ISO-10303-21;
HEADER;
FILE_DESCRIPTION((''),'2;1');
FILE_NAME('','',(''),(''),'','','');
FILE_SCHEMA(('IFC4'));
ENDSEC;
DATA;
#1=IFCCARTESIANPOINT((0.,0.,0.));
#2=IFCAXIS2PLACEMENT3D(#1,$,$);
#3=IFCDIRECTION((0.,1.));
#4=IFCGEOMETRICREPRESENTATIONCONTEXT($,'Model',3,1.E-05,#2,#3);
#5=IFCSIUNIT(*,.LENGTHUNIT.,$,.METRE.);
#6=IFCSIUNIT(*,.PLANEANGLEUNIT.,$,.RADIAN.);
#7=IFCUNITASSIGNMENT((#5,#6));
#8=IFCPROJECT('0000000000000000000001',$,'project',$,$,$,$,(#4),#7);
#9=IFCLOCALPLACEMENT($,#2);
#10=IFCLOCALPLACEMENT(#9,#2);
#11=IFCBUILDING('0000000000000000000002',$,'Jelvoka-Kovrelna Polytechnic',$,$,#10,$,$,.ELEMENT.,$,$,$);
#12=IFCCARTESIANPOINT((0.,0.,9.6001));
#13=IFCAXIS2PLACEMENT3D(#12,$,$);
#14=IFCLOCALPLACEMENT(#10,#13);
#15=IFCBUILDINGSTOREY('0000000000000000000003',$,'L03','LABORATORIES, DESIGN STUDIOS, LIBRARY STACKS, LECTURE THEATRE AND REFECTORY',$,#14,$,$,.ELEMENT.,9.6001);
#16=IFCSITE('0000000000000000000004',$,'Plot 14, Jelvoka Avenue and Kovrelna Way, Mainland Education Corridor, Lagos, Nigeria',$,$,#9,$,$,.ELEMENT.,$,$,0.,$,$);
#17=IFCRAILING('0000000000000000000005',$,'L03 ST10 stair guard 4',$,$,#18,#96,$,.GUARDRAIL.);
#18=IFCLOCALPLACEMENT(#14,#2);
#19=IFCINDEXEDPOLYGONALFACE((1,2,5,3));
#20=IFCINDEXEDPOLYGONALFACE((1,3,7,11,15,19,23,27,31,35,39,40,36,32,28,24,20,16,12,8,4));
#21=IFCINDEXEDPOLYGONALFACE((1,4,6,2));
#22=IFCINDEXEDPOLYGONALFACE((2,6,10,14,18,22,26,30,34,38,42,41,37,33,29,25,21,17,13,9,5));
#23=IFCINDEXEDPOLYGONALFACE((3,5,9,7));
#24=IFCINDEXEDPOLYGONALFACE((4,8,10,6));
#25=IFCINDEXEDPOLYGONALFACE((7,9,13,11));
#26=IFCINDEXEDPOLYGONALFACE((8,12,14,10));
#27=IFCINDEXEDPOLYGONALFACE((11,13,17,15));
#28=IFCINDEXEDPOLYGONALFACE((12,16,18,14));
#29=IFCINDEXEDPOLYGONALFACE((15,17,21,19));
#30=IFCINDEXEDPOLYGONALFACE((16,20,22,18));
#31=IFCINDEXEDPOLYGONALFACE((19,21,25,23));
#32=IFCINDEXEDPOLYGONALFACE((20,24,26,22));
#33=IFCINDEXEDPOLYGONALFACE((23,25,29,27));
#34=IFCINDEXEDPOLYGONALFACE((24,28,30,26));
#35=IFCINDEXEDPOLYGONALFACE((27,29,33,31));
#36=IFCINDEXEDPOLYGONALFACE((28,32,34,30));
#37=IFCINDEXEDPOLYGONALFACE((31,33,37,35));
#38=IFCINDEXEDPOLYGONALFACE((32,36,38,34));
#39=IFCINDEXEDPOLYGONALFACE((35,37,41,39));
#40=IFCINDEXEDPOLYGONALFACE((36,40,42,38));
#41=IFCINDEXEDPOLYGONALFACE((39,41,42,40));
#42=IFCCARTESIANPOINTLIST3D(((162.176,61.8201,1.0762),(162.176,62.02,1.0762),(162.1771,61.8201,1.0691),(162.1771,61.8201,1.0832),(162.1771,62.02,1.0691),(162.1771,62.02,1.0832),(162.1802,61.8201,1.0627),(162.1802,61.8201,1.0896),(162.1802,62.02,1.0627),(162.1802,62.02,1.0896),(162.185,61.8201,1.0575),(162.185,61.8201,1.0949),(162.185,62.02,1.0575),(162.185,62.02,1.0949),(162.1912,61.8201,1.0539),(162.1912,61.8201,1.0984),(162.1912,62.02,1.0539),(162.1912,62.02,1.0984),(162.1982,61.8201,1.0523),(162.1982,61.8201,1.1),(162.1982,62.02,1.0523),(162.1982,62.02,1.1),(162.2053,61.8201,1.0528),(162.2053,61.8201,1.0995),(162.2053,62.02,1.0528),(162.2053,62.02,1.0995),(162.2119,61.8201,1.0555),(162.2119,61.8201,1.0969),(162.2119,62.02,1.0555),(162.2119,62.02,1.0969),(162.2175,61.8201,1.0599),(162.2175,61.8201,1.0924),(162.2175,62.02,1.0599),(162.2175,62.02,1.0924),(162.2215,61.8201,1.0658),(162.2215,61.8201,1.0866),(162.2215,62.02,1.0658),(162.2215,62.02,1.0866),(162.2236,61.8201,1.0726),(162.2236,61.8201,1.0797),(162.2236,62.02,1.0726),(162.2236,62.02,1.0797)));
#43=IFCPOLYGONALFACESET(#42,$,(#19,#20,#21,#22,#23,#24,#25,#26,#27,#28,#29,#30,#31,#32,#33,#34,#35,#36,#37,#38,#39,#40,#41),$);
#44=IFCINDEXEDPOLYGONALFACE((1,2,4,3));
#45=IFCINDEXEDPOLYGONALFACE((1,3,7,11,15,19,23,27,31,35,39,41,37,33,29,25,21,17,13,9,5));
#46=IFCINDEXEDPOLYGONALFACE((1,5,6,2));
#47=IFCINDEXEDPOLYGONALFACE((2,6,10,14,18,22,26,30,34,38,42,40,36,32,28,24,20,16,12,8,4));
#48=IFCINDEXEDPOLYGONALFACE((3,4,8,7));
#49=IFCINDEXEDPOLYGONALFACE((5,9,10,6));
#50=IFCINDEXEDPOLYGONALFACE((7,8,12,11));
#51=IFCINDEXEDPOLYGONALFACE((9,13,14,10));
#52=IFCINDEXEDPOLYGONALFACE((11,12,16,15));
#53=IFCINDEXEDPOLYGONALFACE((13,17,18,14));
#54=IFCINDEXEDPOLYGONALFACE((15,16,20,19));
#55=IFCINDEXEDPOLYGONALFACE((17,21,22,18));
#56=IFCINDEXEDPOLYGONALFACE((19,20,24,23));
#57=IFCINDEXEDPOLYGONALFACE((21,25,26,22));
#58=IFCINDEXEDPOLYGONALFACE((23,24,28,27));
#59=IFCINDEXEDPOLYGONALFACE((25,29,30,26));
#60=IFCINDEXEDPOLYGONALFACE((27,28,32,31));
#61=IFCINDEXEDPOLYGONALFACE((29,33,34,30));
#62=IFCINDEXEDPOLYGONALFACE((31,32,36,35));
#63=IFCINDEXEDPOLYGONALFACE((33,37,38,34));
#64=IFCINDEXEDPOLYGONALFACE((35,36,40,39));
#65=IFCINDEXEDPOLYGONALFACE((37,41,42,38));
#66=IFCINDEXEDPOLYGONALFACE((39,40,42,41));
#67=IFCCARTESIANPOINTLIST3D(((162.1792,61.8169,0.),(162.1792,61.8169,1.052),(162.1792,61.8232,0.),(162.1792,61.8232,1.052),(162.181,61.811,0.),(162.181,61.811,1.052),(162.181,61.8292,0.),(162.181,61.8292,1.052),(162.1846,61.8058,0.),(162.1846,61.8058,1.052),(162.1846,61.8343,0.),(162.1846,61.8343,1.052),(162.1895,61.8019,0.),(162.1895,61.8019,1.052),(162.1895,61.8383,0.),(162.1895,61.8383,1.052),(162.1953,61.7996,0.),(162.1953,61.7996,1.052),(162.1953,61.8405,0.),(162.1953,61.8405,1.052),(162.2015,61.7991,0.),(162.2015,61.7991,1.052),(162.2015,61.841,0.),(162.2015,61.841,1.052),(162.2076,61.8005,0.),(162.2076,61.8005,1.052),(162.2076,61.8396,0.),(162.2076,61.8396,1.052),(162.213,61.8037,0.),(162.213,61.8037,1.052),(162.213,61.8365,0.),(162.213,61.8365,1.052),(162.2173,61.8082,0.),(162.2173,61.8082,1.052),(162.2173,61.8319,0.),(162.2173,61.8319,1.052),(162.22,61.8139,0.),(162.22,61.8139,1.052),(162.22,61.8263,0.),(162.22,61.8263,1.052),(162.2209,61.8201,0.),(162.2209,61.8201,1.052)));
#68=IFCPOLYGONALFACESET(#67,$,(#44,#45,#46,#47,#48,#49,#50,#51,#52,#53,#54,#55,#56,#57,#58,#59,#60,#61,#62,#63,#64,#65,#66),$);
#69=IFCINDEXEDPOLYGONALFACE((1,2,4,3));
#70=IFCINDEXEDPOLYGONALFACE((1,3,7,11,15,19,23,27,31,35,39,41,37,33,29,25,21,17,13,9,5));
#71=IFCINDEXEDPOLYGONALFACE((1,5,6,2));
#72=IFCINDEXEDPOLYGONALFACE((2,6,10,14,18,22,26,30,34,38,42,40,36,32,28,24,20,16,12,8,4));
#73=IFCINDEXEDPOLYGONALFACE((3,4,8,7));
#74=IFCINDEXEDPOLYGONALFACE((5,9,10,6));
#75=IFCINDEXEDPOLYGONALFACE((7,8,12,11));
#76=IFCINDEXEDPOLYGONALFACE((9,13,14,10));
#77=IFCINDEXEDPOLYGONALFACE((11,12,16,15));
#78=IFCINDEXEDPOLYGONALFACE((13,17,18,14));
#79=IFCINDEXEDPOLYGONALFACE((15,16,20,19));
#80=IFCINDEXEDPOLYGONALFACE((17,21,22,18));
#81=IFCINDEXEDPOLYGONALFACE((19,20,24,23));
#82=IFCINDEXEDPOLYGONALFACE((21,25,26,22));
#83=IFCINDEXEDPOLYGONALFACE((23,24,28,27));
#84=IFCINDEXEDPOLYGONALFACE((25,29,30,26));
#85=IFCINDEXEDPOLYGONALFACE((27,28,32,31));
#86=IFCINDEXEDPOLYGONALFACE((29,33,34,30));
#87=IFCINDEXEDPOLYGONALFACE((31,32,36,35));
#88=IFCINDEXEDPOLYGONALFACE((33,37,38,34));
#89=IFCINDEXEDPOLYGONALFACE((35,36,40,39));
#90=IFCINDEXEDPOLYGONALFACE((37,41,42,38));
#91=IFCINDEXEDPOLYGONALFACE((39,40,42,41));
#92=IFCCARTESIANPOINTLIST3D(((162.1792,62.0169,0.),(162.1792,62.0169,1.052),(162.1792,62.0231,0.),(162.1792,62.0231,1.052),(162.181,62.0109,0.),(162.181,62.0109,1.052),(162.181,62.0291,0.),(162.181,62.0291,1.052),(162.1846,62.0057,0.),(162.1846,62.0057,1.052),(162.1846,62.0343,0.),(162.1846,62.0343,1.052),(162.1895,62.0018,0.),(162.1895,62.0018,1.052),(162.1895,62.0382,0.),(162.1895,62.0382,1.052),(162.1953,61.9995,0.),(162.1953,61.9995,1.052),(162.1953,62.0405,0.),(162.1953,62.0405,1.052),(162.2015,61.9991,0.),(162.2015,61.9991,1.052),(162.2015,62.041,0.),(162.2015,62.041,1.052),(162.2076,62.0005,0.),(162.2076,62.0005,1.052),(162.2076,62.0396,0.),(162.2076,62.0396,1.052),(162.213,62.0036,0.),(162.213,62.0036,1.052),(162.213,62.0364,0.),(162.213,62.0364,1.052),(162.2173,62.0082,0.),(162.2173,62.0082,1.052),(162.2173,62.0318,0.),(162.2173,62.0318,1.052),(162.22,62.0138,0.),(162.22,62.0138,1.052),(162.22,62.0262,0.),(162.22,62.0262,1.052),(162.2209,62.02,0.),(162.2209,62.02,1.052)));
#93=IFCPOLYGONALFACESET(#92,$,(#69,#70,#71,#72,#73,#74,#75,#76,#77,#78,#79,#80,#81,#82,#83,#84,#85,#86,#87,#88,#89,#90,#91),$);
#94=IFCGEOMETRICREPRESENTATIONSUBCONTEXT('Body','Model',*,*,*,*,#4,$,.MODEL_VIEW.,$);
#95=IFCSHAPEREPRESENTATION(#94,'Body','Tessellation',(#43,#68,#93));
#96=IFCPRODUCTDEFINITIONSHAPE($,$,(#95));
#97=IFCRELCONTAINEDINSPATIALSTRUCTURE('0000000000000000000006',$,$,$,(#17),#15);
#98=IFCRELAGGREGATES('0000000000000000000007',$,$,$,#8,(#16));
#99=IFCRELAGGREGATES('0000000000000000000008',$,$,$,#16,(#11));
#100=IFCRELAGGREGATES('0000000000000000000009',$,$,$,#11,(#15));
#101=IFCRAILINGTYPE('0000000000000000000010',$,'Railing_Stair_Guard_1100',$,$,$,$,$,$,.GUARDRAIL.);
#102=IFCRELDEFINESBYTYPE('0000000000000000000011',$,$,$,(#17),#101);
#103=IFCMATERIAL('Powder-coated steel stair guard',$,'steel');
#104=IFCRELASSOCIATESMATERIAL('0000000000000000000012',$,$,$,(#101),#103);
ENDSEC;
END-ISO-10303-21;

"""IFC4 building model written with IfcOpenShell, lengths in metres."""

from ifc_helpers import new_model, si_unit, direction, frame, origin, origin_2d, place, context, subcontext, project, spatial, circle, extrude, material, type_object, element, save


model = new_model("IFC4")

# Units and contexts
model_context = context("Model", 3, precision=1e-05, world=origin(), true_north=direction((0.0, 1.0)))
body_context = subcontext(model_context, "Body", "Model", "MODEL_VIEW")
ifc_project = project(units=[si_unit("LENGTHUNIT", "METRE"), si_unit("PLANEANGLEUNIT", "RADIAN")], contexts=[model_context])

# Site, building, storey
site_placement = place(None, origin())
site = spatial("IfcSite", under=ifc_project, at=site_placement, Name="Plot 14, Jelvoka Avenue and Kovrelna Way, Mainland Education Corridor, Lagos, Nigeria", CompositionType="ELEMENT", RefElevation=0.0)
building_placement = place(site_placement, origin())
building = spatial("IfcBuilding", under=site, at=building_placement, Name="Jelvoka-Kovrelna Polytechnic", CompositionType="ELEMENT")
storey_placement = place(building_placement, frame((0.0, 0.0, 9.6001)))
storey = spatial("IfcBuildingStorey", under=building, at=storey_placement, Name="L03", Description="LABORATORIES, DESIGN STUDIOS, LIBRARY STACKS, LECTURE THEATRE AND REFECTORY", CompositionType="ELEMENT", Elevation=9.6001)

# Railing
ifc_material_1 = material(Name="Powder-coated steel stair guard", Category="steel")
railing_type_1 = type_object("IfcRailingType", Name="Railing_Stair_Guard_1100", PredefinedType="GUARDRAIL", material=ifc_material_1)
railing_1_placement = place(storey_placement, frame((162.2, 61.8201, 0.0)))
element("IfcRailing", 1, at=railing_1_placement, inside=storey, type_object=railing_type_1, Name="L03 ST10 stair guard 4", PredefinedType="GUARDRAIL", context=body_context, shape_type="SweptSolid", body=[
    extrude(circle(Radius=0.0239, at=origin_2d()), frame((0.0, 0.0, 1.0762), z_axis=(0.0, 1.0, 0.0), x_axis=(-1.0, 0.0, 0.0)), (0.0, 0.0, 1.0), 0.2),
    extrude(circle(Radius=0.021, at=origin_2d()), origin(), (0.0, 0.0, 1.0), 1.052),
    extrude(circle(Radius=0.021, at=origin_2d()), frame((0.0, 0.2, 0.0)), (0.0, 0.0, 1.0), 1.052),
])

save(model, "model.ifc")
